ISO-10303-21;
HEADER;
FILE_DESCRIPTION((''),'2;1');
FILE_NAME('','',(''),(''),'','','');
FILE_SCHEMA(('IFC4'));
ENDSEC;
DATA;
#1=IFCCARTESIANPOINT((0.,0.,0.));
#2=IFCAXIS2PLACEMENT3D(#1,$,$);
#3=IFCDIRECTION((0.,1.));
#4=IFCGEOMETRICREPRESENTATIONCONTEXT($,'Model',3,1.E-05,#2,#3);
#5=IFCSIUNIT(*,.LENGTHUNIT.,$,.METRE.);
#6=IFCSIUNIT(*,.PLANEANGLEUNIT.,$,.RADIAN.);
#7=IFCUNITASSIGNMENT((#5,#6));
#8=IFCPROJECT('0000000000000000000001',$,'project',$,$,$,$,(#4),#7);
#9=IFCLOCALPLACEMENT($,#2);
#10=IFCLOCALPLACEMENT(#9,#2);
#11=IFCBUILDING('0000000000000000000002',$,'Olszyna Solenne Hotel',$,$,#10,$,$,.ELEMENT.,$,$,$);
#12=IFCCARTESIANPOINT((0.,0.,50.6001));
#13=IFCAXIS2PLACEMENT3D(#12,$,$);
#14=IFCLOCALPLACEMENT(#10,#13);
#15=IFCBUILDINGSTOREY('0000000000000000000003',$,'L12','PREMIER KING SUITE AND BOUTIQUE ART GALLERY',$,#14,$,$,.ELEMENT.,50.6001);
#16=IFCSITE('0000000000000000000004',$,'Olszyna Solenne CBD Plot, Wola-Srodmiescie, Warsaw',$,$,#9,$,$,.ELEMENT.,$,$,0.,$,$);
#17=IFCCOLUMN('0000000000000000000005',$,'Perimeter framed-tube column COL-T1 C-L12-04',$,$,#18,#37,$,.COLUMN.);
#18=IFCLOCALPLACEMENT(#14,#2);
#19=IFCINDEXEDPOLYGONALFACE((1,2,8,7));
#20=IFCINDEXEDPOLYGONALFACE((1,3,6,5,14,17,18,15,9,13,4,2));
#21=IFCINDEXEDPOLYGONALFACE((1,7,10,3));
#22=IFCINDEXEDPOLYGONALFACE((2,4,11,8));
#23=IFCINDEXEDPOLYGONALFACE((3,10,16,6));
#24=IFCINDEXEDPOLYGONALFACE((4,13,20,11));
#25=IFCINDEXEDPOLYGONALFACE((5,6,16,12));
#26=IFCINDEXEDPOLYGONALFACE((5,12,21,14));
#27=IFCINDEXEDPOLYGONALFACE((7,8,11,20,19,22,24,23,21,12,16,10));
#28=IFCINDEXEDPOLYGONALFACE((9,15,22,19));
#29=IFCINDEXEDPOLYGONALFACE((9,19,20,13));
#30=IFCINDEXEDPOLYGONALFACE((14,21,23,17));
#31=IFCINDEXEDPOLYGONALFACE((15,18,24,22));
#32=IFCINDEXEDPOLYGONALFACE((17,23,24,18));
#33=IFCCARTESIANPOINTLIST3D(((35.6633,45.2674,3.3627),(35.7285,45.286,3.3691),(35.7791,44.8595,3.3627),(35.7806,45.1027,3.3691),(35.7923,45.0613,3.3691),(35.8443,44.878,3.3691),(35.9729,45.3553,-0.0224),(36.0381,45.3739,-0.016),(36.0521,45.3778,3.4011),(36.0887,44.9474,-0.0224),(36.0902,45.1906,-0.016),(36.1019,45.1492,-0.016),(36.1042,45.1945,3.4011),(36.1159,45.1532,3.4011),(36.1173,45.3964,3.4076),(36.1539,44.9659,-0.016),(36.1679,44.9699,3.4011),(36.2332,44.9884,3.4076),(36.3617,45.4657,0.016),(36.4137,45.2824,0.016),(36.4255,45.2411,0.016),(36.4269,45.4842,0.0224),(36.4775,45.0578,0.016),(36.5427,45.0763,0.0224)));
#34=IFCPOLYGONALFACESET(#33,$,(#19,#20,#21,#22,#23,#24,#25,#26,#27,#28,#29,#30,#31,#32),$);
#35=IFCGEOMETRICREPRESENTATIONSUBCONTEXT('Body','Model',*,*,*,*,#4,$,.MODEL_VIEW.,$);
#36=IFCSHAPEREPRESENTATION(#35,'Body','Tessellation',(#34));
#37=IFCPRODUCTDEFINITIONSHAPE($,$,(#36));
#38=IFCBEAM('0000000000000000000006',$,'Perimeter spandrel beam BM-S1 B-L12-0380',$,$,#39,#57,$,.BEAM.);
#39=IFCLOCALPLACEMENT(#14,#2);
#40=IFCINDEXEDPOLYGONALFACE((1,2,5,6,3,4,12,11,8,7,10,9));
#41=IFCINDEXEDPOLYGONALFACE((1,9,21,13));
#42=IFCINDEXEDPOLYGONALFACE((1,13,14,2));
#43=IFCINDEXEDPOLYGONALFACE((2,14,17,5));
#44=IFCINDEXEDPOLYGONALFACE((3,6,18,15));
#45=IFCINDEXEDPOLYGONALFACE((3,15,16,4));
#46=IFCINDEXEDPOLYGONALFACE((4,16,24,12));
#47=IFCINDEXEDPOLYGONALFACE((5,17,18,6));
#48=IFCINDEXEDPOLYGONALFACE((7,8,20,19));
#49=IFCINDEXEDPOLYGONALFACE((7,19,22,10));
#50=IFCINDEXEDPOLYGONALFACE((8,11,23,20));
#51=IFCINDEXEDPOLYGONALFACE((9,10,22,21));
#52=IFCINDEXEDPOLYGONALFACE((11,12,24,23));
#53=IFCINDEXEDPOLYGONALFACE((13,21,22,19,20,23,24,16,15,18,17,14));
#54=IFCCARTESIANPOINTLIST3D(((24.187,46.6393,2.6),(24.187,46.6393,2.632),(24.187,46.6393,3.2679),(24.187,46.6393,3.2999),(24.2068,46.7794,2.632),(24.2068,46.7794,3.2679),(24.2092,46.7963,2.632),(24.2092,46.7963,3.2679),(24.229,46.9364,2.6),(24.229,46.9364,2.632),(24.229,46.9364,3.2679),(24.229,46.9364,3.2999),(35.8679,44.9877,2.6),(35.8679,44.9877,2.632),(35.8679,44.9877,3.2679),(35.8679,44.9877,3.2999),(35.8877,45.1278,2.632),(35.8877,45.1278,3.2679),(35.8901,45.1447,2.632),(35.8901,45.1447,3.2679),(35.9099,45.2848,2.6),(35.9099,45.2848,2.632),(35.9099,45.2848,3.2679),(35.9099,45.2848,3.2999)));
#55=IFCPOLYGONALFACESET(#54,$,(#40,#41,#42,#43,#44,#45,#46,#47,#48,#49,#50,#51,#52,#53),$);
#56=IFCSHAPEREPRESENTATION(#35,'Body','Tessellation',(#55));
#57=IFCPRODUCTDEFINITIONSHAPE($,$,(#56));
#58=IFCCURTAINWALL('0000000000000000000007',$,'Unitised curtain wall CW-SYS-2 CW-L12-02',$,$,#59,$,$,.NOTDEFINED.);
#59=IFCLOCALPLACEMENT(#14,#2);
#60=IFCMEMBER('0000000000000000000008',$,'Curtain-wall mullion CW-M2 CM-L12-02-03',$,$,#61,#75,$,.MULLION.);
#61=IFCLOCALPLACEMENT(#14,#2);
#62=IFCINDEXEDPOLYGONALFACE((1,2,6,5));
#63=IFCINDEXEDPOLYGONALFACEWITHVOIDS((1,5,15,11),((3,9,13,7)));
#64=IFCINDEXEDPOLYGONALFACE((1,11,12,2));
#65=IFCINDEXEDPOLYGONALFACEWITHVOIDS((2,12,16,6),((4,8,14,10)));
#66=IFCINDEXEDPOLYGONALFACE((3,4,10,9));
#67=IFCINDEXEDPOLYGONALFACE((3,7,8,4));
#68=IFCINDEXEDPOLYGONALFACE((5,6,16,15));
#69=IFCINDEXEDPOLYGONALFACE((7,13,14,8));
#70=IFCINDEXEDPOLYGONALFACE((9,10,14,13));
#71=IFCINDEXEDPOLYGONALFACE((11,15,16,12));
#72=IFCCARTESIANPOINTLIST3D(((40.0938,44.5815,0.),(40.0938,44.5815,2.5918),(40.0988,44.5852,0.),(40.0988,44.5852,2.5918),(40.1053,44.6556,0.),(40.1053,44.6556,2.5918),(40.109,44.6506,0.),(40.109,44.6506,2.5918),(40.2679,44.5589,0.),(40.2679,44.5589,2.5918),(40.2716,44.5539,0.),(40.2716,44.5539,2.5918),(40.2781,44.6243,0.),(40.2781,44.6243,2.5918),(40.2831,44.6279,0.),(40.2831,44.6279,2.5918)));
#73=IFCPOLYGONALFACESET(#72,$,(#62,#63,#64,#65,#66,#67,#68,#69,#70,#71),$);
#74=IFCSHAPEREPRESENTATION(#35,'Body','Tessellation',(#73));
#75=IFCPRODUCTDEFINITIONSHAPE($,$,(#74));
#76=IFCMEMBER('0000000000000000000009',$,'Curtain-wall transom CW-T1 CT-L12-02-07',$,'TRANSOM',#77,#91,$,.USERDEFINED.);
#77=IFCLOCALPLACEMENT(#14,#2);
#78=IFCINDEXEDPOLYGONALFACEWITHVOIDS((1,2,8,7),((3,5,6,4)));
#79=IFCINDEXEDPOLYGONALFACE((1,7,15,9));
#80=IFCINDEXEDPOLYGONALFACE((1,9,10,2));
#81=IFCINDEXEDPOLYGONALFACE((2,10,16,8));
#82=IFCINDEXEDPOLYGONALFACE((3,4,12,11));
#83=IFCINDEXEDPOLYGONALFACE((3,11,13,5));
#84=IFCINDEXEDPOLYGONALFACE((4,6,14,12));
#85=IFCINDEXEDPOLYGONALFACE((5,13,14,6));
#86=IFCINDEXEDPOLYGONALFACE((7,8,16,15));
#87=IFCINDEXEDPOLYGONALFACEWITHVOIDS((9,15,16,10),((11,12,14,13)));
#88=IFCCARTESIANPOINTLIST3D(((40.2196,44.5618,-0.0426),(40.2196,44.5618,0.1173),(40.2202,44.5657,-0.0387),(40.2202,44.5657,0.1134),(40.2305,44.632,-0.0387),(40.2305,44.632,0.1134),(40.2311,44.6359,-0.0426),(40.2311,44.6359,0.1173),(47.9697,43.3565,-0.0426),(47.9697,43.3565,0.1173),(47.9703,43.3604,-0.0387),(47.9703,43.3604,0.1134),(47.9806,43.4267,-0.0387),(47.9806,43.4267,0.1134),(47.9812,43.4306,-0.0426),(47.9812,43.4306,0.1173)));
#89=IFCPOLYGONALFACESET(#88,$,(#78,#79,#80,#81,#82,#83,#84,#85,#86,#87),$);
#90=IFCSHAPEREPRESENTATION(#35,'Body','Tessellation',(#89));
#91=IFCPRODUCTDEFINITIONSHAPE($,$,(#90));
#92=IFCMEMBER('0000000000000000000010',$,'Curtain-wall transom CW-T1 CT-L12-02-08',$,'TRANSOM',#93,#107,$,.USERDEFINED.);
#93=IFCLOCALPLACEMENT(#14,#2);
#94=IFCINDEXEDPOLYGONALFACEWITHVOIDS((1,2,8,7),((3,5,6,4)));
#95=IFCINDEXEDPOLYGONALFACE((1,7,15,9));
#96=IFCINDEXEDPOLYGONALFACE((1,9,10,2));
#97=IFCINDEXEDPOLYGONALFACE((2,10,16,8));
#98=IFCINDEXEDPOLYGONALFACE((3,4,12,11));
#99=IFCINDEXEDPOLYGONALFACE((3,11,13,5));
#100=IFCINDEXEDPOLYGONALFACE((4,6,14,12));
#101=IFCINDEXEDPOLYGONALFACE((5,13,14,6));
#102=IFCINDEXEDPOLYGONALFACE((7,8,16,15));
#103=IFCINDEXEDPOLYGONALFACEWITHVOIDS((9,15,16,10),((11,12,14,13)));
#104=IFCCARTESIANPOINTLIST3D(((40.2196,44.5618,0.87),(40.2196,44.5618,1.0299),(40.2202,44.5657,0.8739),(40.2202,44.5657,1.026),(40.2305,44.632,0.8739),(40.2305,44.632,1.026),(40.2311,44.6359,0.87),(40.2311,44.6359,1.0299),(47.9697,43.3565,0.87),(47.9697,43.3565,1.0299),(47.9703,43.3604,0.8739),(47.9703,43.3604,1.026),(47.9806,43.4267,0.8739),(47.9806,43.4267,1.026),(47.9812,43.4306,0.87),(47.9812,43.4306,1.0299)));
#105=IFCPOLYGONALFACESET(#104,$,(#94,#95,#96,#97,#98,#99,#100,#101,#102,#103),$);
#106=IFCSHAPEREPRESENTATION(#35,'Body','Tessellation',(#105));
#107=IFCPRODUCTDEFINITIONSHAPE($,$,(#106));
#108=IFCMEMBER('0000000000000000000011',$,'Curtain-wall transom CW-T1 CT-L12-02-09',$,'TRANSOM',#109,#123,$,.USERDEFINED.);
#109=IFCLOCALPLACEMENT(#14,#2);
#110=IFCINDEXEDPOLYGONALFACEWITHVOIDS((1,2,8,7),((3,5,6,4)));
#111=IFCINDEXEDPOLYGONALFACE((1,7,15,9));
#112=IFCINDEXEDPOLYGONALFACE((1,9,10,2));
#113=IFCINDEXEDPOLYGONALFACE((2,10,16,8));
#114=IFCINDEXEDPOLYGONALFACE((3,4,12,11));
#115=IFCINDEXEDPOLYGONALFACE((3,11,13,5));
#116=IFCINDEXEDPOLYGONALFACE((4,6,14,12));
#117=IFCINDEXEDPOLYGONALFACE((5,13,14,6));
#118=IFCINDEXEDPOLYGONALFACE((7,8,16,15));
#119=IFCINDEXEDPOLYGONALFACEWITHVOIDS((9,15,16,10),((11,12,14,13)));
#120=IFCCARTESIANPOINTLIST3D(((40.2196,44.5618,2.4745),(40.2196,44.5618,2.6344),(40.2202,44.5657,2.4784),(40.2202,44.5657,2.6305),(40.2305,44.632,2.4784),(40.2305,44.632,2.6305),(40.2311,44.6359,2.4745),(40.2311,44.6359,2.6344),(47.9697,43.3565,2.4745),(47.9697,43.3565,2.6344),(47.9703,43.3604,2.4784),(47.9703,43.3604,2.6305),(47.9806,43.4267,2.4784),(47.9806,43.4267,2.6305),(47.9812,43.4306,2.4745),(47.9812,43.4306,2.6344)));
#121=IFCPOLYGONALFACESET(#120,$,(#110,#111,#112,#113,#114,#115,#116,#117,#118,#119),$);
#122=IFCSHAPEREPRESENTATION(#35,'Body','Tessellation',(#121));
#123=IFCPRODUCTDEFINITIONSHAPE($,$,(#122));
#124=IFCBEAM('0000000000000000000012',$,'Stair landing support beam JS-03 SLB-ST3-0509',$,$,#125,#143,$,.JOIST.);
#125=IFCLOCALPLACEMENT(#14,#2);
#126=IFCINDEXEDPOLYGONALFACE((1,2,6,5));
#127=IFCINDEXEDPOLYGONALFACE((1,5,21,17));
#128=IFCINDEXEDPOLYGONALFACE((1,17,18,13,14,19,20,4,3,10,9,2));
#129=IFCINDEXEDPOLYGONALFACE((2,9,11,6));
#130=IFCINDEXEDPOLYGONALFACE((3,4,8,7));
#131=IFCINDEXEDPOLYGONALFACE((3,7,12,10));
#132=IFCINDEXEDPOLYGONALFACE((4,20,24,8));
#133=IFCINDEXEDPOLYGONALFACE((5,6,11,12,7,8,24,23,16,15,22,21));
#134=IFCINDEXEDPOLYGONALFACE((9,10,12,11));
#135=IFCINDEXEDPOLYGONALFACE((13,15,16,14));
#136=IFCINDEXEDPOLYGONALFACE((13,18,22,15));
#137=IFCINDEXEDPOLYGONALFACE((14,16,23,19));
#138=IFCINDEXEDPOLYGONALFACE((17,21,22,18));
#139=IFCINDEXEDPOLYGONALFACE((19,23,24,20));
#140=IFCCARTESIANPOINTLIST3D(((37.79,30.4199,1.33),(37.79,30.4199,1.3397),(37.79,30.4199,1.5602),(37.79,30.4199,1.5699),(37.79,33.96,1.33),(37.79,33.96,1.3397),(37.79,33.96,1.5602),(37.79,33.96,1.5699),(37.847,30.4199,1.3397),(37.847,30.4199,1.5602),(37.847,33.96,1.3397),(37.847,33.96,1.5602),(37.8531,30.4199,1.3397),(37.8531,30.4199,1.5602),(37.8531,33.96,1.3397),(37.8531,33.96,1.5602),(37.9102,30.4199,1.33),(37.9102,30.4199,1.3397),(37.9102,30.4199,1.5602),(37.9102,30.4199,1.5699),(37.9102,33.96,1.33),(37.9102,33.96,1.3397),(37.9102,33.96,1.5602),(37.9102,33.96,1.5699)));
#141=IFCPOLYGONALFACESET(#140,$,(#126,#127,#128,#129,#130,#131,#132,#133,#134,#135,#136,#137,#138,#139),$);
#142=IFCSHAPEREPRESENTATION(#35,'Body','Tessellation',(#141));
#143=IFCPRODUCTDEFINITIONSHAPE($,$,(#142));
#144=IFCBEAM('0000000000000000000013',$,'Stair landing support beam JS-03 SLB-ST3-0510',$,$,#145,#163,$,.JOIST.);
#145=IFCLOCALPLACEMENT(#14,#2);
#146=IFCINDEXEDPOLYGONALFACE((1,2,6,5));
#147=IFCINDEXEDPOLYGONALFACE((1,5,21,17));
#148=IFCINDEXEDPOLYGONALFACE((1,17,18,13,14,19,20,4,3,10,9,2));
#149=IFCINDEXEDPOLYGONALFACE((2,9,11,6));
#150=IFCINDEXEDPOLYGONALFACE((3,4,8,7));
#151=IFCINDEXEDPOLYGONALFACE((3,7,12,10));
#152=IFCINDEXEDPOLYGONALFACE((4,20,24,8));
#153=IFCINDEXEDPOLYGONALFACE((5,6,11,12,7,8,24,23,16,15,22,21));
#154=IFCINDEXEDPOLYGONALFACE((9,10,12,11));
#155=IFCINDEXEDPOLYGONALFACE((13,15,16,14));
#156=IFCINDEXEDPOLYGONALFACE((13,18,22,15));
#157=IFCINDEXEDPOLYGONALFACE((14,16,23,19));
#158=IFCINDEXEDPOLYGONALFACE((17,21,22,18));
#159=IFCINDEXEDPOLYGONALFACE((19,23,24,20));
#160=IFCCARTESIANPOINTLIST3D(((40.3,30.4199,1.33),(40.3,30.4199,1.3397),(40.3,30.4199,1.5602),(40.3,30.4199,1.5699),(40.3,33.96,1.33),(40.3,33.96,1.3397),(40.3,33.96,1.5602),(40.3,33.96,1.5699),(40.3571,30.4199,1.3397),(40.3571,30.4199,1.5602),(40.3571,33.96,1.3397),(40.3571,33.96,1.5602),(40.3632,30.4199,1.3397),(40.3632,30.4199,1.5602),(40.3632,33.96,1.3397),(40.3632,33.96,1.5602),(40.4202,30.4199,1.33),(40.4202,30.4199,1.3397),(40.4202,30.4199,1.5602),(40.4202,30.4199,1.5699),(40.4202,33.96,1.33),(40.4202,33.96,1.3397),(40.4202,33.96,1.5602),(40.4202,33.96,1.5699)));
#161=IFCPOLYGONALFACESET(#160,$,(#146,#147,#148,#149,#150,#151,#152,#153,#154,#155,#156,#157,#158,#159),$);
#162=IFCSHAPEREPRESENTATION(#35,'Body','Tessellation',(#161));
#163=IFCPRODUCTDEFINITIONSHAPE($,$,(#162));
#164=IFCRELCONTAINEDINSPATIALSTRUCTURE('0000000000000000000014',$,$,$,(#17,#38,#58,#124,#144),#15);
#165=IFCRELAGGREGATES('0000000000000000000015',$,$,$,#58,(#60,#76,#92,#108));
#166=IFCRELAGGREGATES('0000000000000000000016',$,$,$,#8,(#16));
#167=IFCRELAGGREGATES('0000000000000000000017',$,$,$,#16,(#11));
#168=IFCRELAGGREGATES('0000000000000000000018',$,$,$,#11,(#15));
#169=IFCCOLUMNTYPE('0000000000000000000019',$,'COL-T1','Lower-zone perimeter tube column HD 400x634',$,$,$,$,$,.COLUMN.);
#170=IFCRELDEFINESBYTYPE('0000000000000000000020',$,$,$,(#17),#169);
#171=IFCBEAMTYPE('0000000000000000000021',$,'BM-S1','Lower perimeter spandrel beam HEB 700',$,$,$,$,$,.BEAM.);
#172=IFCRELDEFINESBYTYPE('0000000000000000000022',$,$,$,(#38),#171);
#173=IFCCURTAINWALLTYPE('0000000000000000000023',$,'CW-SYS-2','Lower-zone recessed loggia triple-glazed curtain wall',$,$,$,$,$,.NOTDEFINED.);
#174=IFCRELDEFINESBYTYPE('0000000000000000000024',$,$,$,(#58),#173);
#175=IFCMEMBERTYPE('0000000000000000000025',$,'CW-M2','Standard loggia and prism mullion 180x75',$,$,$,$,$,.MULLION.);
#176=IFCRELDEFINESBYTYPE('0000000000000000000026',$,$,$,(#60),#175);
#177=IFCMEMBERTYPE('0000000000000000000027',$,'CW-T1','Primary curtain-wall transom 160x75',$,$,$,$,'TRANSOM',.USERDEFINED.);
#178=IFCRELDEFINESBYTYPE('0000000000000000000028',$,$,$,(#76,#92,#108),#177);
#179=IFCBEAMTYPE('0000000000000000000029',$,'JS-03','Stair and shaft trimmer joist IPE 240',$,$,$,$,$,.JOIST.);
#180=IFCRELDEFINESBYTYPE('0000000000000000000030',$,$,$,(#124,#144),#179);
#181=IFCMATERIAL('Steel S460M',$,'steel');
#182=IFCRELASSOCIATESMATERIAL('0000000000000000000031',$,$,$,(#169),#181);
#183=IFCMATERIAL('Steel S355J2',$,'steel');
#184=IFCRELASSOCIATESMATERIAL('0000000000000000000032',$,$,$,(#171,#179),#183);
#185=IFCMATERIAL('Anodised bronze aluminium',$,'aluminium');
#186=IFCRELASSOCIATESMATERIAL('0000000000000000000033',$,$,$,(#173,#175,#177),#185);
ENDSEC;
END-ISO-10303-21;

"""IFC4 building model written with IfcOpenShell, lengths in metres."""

from ifc_helpers import new_model, si_unit, direction, frame, origin, origin_2d, place, context, subcontext, project, spatial, hollow_rectangle, i_section, extrude, source, transform, mapped, material, material_profile, profile_set, type_object, element, aggregate, save


model = new_model("IFC4")

# Units and contexts
model_context = context("Model", 3, precision=1e-05, world=origin(), true_north=direction((0.0, 1.0)))
body_context = subcontext(model_context, "Body", "Model", "MODEL_VIEW")
ifc_project = project(units=[si_unit("LENGTHUNIT", "METRE"), si_unit("PLANEANGLEUNIT", "RADIAN")], contexts=[model_context])

# Site, building, storey
site_placement = place(None, origin())
site = spatial("IfcSite", under=ifc_project, at=site_placement, Name="Olszyna Solenne CBD Plot, Wola-Srodmiescie, Warsaw", CompositionType="ELEMENT", RefElevation=0.0)
building_placement = place(site_placement, origin())
building = spatial("IfcBuilding", under=site, at=building_placement, Name="Olszyna Solenne Hotel", CompositionType="ELEMENT")
storey_placement = place(building_placement, frame((0.0, 0.0, 50.6001)))
storey = spatial("IfcBuildingStorey", under=building, at=storey_placement, Name="L12", Description="PREMIER KING SUITE AND BOUTIQUE ART GALLERY", CompositionType="ELEMENT", Elevation=50.6001)

# Column
ifc_material_1 = material(Name="Steel S460M", Category="steel")
ifc_material_profile_1 = material_profile(ifc_material_1, i_section(OverallWidth=0.4241, OverallDepth=0.4741, WebThickness=0.043, FlangeThickness=0.0681, at=origin_2d()), Name="HD 400x634", Category="load-bearing")
ifc_profile_set_1 = profile_set([ifc_material_profile_1], Name="Steel S460M")
column_type = type_object("IfcColumnType", Name="COL-T1", Description="Lower-zone perimeter tube column HD 400x634", PredefinedType="COLUMN", material=ifc_profile_set_1)
shared_shape_1 = source(origin(), body_context, "Body", "SweptSolid", [
    extrude(i_section(OverallWidth=0.4241, OverallDepth=0.4741, WebThickness=0.043, FlangeThickness=0.0681, at=origin_2d()), origin(), (0.0, 0.0, 1.0), 3.4004),
])
column_placement = place(storey_placement, frame((36.2578, 45.2158, 0.0), z_axis=(-0.091043, -0.025848, 0.995511), x_axis=(0.273118, -0.961981, 0.0)))
element("IfcColumn", 1, at=column_placement, inside=storey, type_object=column_type, Name="Perimeter framed-tube column COL-T1 C-L12-04", PredefinedType="COLUMN", context=body_context, shape_type="MappedRepresentation", body=[
    mapped(shared_shape_1, transform((0.0, 0.0, 0.0), x_axis=(1.0, 0.0, 0.0), y_axis=(0.0, 1.0, 0.0), z_axis=(0.0, 0.0, 1.0), scale=1.0)),
])

# Beam
ifc_material_2 = material(Name="Steel S355J2", Category="steel")
ifc_material_profile_2 = material_profile(ifc_material_2, i_section(OverallWidth=0.3, OverallDepth=0.7, WebThickness=0.0171, FlangeThickness=0.032, at=origin_2d()), Name="HEB 700", Category="load-bearing")
ifc_profile_set_2 = profile_set([ifc_material_profile_2], Name="Steel S355J2")
beam_type_1 = type_object("IfcBeamType", Name="BM-S1", Description="Lower perimeter spandrel beam HEB 700", PredefinedType="BEAM", material=ifc_profile_set_2)
shared_shape_2 = source(origin(), body_context, "Body", "SweptSolid", [
    extrude(i_section(OverallWidth=0.3, OverallDepth=0.7, WebThickness=0.0171, FlangeThickness=0.032, at=origin_2d()), origin(), (0.0, 0.0, 1.0), 11.7971),
])
beam_placement = place(storey_placement, frame((35.8889, 45.1362, 2.95), z_axis=(-0.990151, 0.140002, 0.0), x_axis=(-0.140002, -0.990151, 0.0)))
element("IfcBeam", 2, at=beam_placement, inside=storey, type_object=beam_type_1, Name="Perimeter spandrel beam BM-S1 B-L12-0380", PredefinedType="BEAM", context=body_context, shape_type="MappedRepresentation", body=[
    mapped(shared_shape_2, transform((0.0, 0.0, 0.0), x_axis=(1.0, 0.0, 0.0), y_axis=(0.0, 1.0, 0.0), z_axis=(0.0, 0.0, 1.0), scale=1.0)),
])

# Curtain wall, members
ifc_material_3 = material(Name="Anodised bronze aluminium", Category="aluminium")
curtain_wall_type = type_object("IfcCurtainWallType", Name="CW-SYS-2", Description="Lower-zone recessed loggia triple-glazed curtain wall", PredefinedType="NOTDEFINED", material=ifc_material_3)
curtain_wall_placement = place(storey_placement, origin())
curtain_wall = element("IfcCurtainWall", 3, at=curtain_wall_placement, inside=storey, type_object=curtain_wall_type, Name="Unitised curtain wall CW-SYS-2 CW-L12-02", PredefinedType="NOTDEFINED")
ifc_material_profile_3 = material_profile(ifc_material_3, hollow_rectangle(XDim=0.075, YDim=0.1799, WallThickness=0.0044, at=origin_2d()), Name="MULL 180x75x4.5", Category="load-bearing")
ifc_profile_set_3 = profile_set([ifc_material_profile_3], Name="Anodised bronze aluminium")
member_type_1 = type_object("IfcMemberType", Name="CW-M2", Description="Standard loggia and prism mullion 180x75", PredefinedType="MULLION", material=ifc_profile_set_3)
shared_shape_3 = source(origin(), body_context, "Body", "SweptSolid", [
    extrude(hollow_rectangle(XDim=0.075, YDim=0.1799, WallThickness=0.0044, at=origin_2d()), origin(), (0.0, 0.0, 1.0), 2.5918),
])
member_1_placement = place(storey_placement, frame((40.1885, 44.6047, 0.0), z_axis=(0.0, 0.0, 1.0), x_axis=(0.153674, 0.988122, 0.0)))
member_1 = element("IfcMember", 4, at=member_1_placement, type_object=member_type_1, Name="Curtain-wall mullion CW-M2 CM-L12-02-03", PredefinedType="MULLION", context=body_context, shape_type="MappedRepresentation", body=[
    mapped(shared_shape_3, transform((0.0, 0.0, 0.0), x_axis=(1.0, 0.0, 0.0), y_axis=(0.0, 1.0, 0.0), z_axis=(0.0, 0.0, 1.0), scale=1.0)),
])
ifc_material_profile_4 = material_profile(ifc_material_3, hollow_rectangle(XDim=0.075, YDim=0.1599, WallThickness=0.0039, at=origin_2d()), Name="TRAN 160x75x4", Category="load-bearing")
ifc_profile_set_4 = profile_set([ifc_material_profile_4], Name="Anodised bronze aluminium")
member_type_2 = type_object("IfcMemberType", Name="CW-T1", Description="Primary curtain-wall transom 160x75", ElementType="TRANSOM", PredefinedType="USERDEFINED", material=ifc_profile_set_4)
shared_shape_4 = source(origin(), body_context, "Body", "SweptSolid", [
    extrude(hollow_rectangle(XDim=0.075, YDim=0.1599, WallThickness=0.0039, at=origin_2d()), origin(), (0.0, 0.0, 1.0), 7.8433),
])
member_2_placement = place(storey_placement, frame((40.2253, 44.5989, 0.0374), z_axis=(0.988121, -0.153678, 0.0), x_axis=(0.153678, 0.988121, 0.0)))
member_2 = element("IfcMember", 5, at=member_2_placement, type_object=member_type_2, Name="Curtain-wall transom CW-T1 CT-L12-02-07", ObjectType="TRANSOM", PredefinedType="USERDEFINED", context=body_context, shape_type="MappedRepresentation", body=[
    mapped(shared_shape_4, transform((0.0, 0.0, 0.0), x_axis=(1.0, 0.0, 0.0), y_axis=(0.0, 1.0, 0.0), z_axis=(0.0, 0.0, 1.0), scale=1.0)),
])
member_3_placement = place(storey_placement, frame((40.2253, 44.5989, 0.95), z_axis=(0.988121, -0.153678, 0.0), x_axis=(0.153678, 0.988121, 0.0)))
member_3 = element("IfcMember", 6, at=member_3_placement, type_object=member_type_2, Name="Curtain-wall transom CW-T1 CT-L12-02-08", ObjectType="TRANSOM", PredefinedType="USERDEFINED", context=body_context, shape_type="MappedRepresentation", body=[
    mapped(shared_shape_4, transform((0.0, 0.0, 0.0), x_axis=(1.0, 0.0, 0.0), y_axis=(0.0, 1.0, 0.0), z_axis=(0.0, 0.0, 1.0), scale=1.0)),
])
member_4_placement = place(storey_placement, frame((40.2253, 44.5989, 2.5544), z_axis=(0.988121, -0.153678, 0.0), x_axis=(0.153678, 0.988121, 0.0)))
member_4 = element("IfcMember", 7, at=member_4_placement, type_object=member_type_2, Name="Curtain-wall transom CW-T1 CT-L12-02-09", ObjectType="TRANSOM", PredefinedType="USERDEFINED", context=body_context, shape_type="MappedRepresentation", body=[
    mapped(shared_shape_4, transform((0.0, 0.0, 0.0), x_axis=(1.0, 0.0, 0.0), y_axis=(0.0, 1.0, 0.0), z_axis=(0.0, 0.0, 1.0), scale=1.0)),
])

# Beams
ifc_material_profile_5 = material_profile(ifc_material_2, i_section(OverallWidth=0.1201, OverallDepth=0.24, WebThickness=0.0061, FlangeThickness=0.0098, at=origin_2d()), Name="IPE 240", Category="load-bearing")
ifc_profile_set_5 = profile_set([ifc_material_profile_5], Name="Steel S355J2")
beam_type_2 = type_object("IfcBeamType", Name="JS-03", Description="Stair and shaft trimmer joist IPE 240", PredefinedType="JOIST", material=ifc_profile_set_5)
shared_shape_5 = source(origin(), body_context, "Body", "SweptSolid", [
    extrude(i_section(OverallWidth=0.1201, OverallDepth=0.24, WebThickness=0.0061, FlangeThickness=0.0098, at=origin_2d()), origin(), (0.0, 0.0, 1.0), 3.54),
])
for number, where, z_axis, x_axis, name in (
    (8, (37.8501, 30.4199, 1.45), (0.0, 1.0, 0.0), (-1.0, 0.0, 0.0), "Stair landing support beam JS-03 SLB-ST3-0509"),
    (9, (40.3601, 30.4199, 1.45), (0.0, 1.0, 0.0), (-1.0, 0.0, 0.0), "Stair landing support beam JS-03 SLB-ST3-0510"),
):
    element("IfcBeam", number, at=place(storey_placement, frame(where, z_axis=z_axis, x_axis=x_axis)), inside=storey, type_object=beam_type_2, Name=name, PredefinedType="JOIST", context=body_context, shape_type="MappedRepresentation", body=[
        mapped(shared_shape_5, transform((0.0, 0.0, 0.0), x_axis=(1.0, 0.0, 0.0), y_axis=(0.0, 1.0, 0.0), z_axis=(0.0, 0.0, 1.0), scale=1.0)),
    ])

aggregate(curtain_wall, [member_1, member_2, member_3, member_4])

save(model, "model.ifc")
